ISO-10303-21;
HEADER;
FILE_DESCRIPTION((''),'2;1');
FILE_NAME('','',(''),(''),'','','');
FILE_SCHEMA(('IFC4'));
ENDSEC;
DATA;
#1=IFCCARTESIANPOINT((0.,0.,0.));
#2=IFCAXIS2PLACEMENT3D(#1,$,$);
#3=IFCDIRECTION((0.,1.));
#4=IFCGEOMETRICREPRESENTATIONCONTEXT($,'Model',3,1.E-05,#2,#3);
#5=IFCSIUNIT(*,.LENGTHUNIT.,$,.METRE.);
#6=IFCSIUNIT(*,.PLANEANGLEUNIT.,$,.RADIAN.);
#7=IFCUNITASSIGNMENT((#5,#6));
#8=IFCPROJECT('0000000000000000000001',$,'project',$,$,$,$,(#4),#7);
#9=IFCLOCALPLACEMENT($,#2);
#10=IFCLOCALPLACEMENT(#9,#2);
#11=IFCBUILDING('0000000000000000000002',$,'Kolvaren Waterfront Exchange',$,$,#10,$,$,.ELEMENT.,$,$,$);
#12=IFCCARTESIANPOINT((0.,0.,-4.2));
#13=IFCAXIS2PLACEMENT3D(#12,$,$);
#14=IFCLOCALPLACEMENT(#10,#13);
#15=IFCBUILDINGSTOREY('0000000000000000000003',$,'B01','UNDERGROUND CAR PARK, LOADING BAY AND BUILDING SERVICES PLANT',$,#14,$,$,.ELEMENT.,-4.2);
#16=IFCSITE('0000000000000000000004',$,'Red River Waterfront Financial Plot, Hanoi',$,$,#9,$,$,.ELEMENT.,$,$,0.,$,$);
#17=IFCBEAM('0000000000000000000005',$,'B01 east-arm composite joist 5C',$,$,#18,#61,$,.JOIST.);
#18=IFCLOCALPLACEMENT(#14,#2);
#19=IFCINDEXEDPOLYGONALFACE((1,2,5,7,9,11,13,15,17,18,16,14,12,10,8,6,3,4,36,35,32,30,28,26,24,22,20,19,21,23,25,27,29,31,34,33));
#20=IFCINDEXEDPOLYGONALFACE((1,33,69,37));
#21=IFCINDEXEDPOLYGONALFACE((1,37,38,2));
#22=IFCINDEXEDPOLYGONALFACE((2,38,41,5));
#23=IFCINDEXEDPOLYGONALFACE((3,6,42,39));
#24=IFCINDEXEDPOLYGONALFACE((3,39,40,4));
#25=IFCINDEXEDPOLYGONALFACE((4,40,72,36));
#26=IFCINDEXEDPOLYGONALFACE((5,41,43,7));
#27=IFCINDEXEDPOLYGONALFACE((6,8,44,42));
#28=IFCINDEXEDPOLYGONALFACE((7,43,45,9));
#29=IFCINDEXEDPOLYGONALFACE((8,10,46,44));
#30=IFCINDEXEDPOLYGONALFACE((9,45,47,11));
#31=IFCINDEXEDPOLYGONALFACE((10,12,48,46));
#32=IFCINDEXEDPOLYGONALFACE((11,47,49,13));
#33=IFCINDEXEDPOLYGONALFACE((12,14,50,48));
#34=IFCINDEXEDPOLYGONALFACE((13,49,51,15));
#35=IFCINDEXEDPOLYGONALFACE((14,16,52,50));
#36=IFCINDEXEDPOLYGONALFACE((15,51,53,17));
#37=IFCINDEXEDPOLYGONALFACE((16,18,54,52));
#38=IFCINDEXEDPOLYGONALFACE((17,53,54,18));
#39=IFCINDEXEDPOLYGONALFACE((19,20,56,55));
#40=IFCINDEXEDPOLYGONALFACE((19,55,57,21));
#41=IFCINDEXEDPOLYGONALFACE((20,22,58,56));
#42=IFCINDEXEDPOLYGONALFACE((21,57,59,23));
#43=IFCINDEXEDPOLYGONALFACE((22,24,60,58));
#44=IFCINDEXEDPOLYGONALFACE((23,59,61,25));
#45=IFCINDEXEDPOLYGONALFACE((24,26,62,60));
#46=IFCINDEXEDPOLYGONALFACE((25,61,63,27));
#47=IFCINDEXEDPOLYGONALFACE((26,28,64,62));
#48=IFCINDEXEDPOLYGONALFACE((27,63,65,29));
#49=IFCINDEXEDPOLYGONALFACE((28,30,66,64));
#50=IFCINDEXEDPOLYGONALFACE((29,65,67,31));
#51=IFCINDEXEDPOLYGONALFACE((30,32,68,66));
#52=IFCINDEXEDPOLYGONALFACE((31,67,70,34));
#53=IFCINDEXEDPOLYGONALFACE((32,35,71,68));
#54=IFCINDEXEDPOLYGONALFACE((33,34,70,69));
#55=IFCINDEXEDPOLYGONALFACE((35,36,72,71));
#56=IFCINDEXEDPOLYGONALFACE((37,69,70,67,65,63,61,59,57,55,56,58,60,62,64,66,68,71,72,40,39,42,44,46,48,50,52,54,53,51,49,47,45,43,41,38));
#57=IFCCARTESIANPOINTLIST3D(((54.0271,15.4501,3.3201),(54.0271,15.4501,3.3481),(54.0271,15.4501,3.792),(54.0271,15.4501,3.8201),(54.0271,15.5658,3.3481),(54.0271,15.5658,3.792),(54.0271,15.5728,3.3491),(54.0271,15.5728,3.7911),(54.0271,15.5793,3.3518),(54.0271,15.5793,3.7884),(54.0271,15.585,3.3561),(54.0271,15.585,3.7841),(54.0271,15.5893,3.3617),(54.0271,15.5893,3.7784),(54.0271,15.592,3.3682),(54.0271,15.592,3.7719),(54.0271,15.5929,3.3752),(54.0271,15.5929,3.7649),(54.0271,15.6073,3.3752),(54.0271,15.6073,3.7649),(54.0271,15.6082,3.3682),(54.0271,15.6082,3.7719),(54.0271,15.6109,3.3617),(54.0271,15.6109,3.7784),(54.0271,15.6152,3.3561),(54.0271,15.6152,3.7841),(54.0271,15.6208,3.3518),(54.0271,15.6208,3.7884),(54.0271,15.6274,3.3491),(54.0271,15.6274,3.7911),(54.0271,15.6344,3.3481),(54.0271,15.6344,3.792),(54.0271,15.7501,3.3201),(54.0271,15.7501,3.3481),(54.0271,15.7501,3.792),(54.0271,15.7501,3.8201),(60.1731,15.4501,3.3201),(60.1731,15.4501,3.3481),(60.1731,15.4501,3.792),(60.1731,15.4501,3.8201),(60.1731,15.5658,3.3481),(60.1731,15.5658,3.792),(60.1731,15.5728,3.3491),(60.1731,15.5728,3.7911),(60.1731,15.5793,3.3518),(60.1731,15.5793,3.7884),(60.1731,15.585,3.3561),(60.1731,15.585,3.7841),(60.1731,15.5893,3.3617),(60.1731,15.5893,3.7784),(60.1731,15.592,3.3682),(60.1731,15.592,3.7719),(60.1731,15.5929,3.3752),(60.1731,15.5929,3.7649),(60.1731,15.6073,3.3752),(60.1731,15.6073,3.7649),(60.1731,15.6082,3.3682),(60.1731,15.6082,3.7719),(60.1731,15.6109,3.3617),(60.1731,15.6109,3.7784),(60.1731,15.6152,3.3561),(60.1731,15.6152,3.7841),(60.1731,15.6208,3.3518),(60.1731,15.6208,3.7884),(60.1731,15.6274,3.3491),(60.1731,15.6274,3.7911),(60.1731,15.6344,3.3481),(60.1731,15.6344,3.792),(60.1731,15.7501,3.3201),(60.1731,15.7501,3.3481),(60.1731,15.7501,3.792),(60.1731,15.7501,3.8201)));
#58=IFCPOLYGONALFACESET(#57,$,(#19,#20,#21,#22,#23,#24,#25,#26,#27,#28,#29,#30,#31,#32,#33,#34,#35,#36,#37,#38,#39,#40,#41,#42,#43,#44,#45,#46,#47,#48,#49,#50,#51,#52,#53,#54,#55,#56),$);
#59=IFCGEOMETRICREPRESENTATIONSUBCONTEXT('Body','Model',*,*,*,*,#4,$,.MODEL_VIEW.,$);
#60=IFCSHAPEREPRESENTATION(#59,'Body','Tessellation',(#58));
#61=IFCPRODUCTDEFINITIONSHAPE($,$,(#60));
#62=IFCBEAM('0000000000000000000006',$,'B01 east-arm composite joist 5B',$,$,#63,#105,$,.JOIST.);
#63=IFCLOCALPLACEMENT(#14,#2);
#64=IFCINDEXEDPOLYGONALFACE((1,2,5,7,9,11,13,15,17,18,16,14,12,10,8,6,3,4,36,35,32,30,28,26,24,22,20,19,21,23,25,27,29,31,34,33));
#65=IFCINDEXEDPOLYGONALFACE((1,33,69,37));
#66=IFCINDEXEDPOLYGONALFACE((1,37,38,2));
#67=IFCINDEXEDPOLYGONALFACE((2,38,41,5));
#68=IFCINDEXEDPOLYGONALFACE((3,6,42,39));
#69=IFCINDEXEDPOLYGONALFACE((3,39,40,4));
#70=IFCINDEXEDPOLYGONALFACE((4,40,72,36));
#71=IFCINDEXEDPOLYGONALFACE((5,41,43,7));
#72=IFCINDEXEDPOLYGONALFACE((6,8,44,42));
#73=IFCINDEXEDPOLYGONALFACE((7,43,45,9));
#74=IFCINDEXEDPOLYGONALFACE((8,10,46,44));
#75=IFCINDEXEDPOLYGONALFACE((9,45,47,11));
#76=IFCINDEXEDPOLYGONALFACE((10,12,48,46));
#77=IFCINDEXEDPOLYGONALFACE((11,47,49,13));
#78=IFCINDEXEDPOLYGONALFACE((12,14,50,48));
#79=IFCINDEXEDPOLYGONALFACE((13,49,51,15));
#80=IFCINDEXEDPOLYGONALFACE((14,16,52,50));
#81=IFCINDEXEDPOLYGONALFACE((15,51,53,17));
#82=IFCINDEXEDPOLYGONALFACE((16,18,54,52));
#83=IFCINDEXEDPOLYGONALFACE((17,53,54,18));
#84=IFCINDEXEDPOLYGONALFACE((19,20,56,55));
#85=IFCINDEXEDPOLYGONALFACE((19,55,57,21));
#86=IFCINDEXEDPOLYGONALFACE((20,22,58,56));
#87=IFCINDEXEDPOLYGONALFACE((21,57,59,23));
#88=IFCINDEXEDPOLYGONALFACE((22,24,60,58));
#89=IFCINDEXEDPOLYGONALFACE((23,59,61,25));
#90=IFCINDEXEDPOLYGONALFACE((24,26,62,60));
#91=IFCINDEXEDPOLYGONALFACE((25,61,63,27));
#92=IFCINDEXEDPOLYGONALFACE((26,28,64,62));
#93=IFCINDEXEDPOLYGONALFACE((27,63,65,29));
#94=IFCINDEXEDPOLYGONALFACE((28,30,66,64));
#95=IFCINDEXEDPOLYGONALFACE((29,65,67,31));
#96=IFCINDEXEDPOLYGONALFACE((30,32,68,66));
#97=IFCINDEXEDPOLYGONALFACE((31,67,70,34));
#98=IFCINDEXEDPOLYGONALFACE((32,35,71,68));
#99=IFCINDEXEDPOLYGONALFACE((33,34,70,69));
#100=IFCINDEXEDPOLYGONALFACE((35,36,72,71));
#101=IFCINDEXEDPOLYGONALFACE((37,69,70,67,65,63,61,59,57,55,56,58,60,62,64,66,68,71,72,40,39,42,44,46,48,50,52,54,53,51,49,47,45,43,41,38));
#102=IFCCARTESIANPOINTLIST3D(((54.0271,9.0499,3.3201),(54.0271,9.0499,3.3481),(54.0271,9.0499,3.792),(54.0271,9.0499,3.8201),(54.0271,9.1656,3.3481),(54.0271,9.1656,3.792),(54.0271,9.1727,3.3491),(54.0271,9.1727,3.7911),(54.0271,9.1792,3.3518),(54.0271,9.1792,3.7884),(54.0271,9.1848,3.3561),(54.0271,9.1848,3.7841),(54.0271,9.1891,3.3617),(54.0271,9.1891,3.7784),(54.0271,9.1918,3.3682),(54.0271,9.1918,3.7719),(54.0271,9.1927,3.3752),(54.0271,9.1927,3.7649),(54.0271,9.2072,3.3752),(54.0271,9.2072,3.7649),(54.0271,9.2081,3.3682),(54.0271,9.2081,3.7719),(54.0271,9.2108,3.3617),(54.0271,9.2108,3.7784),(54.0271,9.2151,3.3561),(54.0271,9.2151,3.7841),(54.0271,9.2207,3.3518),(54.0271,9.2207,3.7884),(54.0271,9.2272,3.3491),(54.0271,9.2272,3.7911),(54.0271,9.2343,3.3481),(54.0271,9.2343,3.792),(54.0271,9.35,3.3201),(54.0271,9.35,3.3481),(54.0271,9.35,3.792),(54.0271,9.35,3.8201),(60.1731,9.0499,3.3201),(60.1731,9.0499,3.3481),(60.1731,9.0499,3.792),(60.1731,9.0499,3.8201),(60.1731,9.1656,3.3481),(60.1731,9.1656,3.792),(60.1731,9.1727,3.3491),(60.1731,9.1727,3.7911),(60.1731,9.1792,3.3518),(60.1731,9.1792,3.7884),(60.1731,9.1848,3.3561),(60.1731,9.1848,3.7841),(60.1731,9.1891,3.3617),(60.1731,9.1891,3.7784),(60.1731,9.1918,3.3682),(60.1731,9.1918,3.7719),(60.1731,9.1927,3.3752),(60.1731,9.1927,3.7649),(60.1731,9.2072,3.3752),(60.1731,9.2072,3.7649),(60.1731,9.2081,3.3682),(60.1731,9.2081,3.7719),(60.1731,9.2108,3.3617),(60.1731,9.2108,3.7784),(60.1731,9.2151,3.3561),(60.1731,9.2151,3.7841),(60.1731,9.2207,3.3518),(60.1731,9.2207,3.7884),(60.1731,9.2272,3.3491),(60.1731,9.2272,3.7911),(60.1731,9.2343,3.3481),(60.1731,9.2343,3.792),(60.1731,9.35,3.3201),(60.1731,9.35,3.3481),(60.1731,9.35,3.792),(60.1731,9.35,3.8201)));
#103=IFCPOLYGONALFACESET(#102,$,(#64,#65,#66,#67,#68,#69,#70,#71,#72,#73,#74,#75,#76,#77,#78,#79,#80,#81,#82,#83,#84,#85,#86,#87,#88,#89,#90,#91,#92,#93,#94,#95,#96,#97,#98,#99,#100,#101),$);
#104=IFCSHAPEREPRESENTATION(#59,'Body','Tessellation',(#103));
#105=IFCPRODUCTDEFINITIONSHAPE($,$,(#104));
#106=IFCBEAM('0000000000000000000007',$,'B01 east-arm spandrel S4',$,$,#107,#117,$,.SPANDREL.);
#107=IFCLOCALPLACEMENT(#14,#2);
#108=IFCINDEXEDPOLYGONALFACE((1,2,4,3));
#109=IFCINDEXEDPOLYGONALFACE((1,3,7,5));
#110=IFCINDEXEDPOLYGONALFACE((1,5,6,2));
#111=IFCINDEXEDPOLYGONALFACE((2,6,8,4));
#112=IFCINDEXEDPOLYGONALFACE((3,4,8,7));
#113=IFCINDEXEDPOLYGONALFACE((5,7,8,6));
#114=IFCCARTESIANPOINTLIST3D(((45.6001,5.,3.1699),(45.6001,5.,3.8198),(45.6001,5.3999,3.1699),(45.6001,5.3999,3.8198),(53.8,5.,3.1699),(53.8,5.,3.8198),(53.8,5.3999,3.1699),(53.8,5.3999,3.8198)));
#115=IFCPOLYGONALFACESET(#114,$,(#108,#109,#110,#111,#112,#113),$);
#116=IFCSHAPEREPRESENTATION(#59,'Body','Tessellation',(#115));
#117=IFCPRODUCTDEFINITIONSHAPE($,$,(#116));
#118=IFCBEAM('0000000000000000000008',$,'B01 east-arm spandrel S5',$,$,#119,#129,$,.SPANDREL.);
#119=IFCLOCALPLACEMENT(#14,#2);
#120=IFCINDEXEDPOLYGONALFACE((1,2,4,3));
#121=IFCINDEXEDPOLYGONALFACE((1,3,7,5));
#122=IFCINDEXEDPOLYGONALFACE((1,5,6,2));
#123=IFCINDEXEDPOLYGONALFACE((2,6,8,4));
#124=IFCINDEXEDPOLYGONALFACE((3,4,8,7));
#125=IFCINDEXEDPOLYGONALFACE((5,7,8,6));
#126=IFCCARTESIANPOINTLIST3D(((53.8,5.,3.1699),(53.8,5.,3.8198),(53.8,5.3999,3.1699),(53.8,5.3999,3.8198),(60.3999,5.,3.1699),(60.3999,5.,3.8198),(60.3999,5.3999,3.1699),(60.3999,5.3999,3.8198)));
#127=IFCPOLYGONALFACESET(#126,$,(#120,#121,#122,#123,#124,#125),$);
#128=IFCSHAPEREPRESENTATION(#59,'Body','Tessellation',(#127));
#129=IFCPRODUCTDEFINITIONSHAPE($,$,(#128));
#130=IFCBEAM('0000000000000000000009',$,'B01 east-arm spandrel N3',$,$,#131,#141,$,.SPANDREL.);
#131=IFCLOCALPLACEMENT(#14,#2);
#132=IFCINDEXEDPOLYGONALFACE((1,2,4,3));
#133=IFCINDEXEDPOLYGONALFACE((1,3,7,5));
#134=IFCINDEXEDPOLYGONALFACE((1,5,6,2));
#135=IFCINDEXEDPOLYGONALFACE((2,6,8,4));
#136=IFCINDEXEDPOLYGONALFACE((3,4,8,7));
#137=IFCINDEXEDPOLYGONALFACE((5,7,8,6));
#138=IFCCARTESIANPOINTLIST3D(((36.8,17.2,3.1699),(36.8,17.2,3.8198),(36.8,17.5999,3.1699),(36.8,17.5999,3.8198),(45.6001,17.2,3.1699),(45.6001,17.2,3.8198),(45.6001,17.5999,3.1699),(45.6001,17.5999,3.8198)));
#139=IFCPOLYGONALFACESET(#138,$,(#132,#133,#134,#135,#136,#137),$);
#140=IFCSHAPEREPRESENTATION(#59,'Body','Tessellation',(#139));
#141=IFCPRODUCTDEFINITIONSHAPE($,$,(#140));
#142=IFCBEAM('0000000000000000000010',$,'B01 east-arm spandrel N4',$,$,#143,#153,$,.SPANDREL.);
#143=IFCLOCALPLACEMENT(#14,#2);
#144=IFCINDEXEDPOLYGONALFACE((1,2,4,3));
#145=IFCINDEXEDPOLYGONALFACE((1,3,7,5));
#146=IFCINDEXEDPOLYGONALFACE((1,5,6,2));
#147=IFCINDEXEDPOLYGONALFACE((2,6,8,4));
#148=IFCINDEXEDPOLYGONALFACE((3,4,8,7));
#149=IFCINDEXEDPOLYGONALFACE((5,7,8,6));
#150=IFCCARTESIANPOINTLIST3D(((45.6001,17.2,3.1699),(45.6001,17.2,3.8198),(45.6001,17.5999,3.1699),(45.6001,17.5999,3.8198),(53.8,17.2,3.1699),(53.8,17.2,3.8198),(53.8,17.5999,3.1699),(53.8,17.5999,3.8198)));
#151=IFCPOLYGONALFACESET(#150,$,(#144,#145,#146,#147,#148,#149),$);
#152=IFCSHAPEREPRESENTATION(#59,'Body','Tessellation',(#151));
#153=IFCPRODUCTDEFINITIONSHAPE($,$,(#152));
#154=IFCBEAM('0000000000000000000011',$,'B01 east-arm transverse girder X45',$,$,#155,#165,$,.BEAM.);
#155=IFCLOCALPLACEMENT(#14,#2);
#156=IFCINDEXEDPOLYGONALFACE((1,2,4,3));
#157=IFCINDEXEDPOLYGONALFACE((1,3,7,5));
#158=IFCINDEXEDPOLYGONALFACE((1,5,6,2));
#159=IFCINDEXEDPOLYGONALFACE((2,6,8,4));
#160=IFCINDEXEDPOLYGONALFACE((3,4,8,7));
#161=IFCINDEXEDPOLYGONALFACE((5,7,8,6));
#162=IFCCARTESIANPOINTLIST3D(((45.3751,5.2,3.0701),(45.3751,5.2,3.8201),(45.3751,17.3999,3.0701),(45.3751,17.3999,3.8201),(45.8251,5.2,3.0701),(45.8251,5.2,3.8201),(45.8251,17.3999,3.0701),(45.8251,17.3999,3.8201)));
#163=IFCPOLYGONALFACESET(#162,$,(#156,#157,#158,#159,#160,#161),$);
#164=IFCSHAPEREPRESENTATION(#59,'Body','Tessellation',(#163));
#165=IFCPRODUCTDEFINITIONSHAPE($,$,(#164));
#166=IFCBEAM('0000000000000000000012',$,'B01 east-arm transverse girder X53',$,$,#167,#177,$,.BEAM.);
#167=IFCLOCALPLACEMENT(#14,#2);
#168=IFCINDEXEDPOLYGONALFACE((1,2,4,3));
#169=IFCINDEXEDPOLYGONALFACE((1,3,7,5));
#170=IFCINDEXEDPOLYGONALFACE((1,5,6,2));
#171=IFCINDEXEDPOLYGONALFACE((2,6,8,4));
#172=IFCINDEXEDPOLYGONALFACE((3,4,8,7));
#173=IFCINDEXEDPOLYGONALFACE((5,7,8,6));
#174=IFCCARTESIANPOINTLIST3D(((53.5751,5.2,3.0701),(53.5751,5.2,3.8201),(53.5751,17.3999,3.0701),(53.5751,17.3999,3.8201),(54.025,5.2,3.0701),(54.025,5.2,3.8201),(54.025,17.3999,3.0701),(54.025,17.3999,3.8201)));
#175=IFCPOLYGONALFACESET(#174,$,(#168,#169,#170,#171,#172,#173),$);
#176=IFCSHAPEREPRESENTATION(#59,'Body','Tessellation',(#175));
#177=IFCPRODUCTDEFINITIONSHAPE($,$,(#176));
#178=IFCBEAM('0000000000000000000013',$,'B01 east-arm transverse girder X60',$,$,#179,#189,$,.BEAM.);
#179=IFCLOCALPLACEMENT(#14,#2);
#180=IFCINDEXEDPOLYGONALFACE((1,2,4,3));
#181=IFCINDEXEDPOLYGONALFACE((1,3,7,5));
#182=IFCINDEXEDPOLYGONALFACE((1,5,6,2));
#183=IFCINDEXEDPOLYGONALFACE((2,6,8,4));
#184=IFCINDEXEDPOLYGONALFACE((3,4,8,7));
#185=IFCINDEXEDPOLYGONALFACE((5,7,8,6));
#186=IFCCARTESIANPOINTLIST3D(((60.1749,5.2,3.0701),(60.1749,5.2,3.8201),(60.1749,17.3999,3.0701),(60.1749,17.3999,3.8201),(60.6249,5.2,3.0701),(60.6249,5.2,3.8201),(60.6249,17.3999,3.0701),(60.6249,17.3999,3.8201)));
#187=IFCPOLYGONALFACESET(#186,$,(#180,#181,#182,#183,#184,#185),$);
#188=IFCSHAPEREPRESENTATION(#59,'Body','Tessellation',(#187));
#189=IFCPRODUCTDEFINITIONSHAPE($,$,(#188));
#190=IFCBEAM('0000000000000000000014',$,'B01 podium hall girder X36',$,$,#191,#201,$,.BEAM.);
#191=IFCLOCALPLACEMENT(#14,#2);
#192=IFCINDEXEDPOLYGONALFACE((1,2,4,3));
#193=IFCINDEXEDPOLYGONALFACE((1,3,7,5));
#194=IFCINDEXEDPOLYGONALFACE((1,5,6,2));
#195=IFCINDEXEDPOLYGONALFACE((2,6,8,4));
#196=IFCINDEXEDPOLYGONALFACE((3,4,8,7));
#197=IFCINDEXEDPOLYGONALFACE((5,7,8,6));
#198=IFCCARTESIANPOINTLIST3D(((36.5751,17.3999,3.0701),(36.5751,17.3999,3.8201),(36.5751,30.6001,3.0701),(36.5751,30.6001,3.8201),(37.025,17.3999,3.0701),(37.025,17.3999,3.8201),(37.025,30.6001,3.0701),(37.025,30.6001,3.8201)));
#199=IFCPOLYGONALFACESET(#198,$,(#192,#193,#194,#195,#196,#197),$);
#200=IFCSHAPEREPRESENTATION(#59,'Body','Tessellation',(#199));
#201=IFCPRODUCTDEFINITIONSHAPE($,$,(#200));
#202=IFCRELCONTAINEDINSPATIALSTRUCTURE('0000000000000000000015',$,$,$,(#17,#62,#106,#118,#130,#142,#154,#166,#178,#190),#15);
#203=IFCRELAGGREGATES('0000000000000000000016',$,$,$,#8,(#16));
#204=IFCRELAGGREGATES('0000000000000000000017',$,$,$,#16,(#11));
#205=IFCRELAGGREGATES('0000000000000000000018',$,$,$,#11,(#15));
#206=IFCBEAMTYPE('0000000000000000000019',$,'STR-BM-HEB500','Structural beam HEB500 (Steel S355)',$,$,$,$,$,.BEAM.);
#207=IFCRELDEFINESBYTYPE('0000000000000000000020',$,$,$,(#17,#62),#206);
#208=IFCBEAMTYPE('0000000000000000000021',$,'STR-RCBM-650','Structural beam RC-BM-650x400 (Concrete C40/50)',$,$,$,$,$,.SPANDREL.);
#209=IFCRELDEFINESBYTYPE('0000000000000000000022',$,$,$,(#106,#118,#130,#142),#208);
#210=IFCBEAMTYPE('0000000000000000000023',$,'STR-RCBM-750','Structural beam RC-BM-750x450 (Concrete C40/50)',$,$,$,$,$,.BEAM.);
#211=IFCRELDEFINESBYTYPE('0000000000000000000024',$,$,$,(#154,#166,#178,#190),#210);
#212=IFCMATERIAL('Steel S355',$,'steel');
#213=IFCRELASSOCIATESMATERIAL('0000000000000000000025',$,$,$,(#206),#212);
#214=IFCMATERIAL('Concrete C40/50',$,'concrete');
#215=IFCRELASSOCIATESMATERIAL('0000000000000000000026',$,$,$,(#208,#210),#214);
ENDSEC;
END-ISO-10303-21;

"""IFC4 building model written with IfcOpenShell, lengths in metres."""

from ifc_helpers import new_model, si_unit, direction, frame, origin, origin_2d, place, context, subcontext, project, spatial, rectangle, i_section, extrude, material, material_profile, profile_set, type_object, element, save


model = new_model("IFC4")

# Units and contexts
model_context = context("Model", 3, precision=1e-05, world=origin(), true_north=direction((0.0, 1.0)))
body_context = subcontext(model_context, "Body", "Model", "MODEL_VIEW")
ifc_project = project(units=[si_unit("LENGTHUNIT", "METRE"), si_unit("PLANEANGLEUNIT", "RADIAN")], contexts=[model_context])

# Site, building, storey
site_placement = place(None, origin())
site = spatial("IfcSite", under=ifc_project, at=site_placement, Name="Red River Waterfront Financial Plot, Hanoi", CompositionType="ELEMENT", RefElevation=0.0)
building_placement = place(site_placement, origin())
building = spatial("IfcBuilding", under=site, at=building_placement, Name="Kolvaren Waterfront Exchange", CompositionType="ELEMENT")
storey_placement = place(building_placement, frame((0.0, 0.0, -4.2)))
storey = spatial("IfcBuildingStorey", under=building, at=storey_placement, Name="B01", Description="UNDERGROUND CAR PARK, LOADING BAY AND BUILDING SERVICES PLANT", CompositionType="ELEMENT", Elevation=-4.2)

# Beams
ifc_material_1 = material(Name="Steel S355", Category="steel")
ifc_material_profile_1 = material_profile(ifc_material_1, i_section(OverallWidth=0.3, OverallDepth=0.5, WebThickness=0.0144, FlangeThickness=0.0281, FilletRadius=0.0271, at=origin_2d()), Name="HEB500")
ifc_profile_set_1 = profile_set([ifc_material_profile_1], Name="Steel S355")
beam_type_1 = type_object("IfcBeamType", Name="STR-BM-HEB500", Description="Structural beam HEB500 (Steel S355)", PredefinedType="BEAM", material=ifc_profile_set_1)
for number, where, z_axis, x_axis, name in (
    (1, (54.0271, 15.6001, 3.5701), (1.0, 0.0, 0.0), (0.0, 1.0, 0.0), "B01 east-arm composite joist 5C"),
    (2, (54.0271, 9.2, 3.5701), (1.0, 0.0, 0.0), (0.0, 1.0, 0.0), "B01 east-arm composite joist 5B"),
):
    element("IfcBeam", number, at=place(storey_placement, frame(where, z_axis=z_axis, x_axis=x_axis)), inside=storey, type_object=beam_type_1, Name=name, PredefinedType="JOIST", context=body_context, shape_type="SweptSolid", body=[
        extrude(i_section(OverallWidth=0.3, OverallDepth=0.5, WebThickness=0.0144, FlangeThickness=0.0281, FilletRadius=0.0271, at=origin_2d()), origin(), (0.0, 0.0, 1.0), 6.146),
    ])
ifc_material_2 = material(Name="Concrete C40/50", Category="concrete")
ifc_material_profile_2 = material_profile(ifc_material_2, rectangle(XDim=0.3999, YDim=0.6499, at=origin_2d()), Name="RC-BM-650x400")
ifc_profile_set_2 = profile_set([ifc_material_profile_2], Name="Concrete C40/50")
beam_type_2 = type_object("IfcBeamType", Name="STR-RCBM-650", Description="Structural beam RC-BM-650x400 (Concrete C40/50)", PredefinedType="SPANDREL", material=ifc_profile_set_2)
beam_1_placement = place(storey_placement, frame((45.6001, 5.2, 3.4949), z_axis=(1.0, 0.0, 0.0), x_axis=(0.0, 1.0, 0.0)))
element("IfcBeam", 3, at=beam_1_placement, inside=storey, type_object=beam_type_2, Name="B01 east-arm spandrel S4", PredefinedType="SPANDREL", context=body_context, shape_type="SweptSolid", body=[
    extrude(rectangle(XDim=0.3999, YDim=0.6499, at=origin_2d()), origin(), (0.0, 0.0, 1.0), 8.2),
])
beam_2_placement = place(storey_placement, frame((53.8, 5.2, 3.4949), z_axis=(1.0, 0.0, 0.0), x_axis=(0.0, 1.0, 0.0)))
element("IfcBeam", 4, at=beam_2_placement, inside=storey, type_object=beam_type_2, Name="B01 east-arm spandrel S5", PredefinedType="SPANDREL", context=body_context, shape_type="SweptSolid", body=[
    extrude(rectangle(XDim=0.3999, YDim=0.6499, at=origin_2d()), origin(), (0.0, 0.0, 1.0), 6.5999),
])
beam_3_placement = place(storey_placement, frame((36.8, 17.3999, 3.4949), z_axis=(1.0, 0.0, 0.0), x_axis=(0.0, 1.0, 0.0)))
element("IfcBeam", 5, at=beam_3_placement, inside=storey, type_object=beam_type_2, Name="B01 east-arm spandrel N3", PredefinedType="SPANDREL", context=body_context, shape_type="SweptSolid", body=[
    extrude(rectangle(XDim=0.3999, YDim=0.6499, at=origin_2d()), origin(), (0.0, 0.0, 1.0), 8.8),
])
beam_4_placement = place(storey_placement, frame((45.6001, 17.3999, 3.4949), z_axis=(1.0, 0.0, 0.0), x_axis=(0.0, 1.0, 0.0)))
element("IfcBeam", 6, at=beam_4_placement, inside=storey, type_object=beam_type_2, Name="B01 east-arm spandrel N4", PredefinedType="SPANDREL", context=body_context, shape_type="SweptSolid", body=[
    extrude(rectangle(XDim=0.3999, YDim=0.6499, at=origin_2d()), origin(), (0.0, 0.0, 1.0), 8.2),
])
ifc_material_profile_3 = material_profile(ifc_material_2, rectangle(XDim=0.45, YDim=0.75, at=origin_2d()), Name="RC-BM-750x450")
ifc_profile_set_3 = profile_set([ifc_material_profile_3], Name="Concrete C40/50")
beam_type_3 = type_object("IfcBeamType", Name="STR-RCBM-750", Description="Structural beam RC-BM-750x450 (Concrete C40/50)", PredefinedType="BEAM", material=ifc_profile_set_3)
for number, where, z_axis, x_axis, name in (
    (7, (45.6001, 5.2, 3.4451), (0.0, 1.0, 0.0), (-1.0, 0.0, 0.0), "B01 east-arm transverse girder X45"),
    (8, (53.8, 5.2, 3.4451), (0.0, 1.0, 0.0), (-1.0, 0.0, 0.0), "B01 east-arm transverse girder X53"),
    (9, (60.3999, 5.2, 3.4451), (0.0, 1.0, 0.0), (-1.0, 0.0, 0.0), "B01 east-arm transverse girder X60"),
):
    element("IfcBeam", number, at=place(storey_placement, frame(where, z_axis=z_axis, x_axis=x_axis)), inside=storey, type_object=beam_type_3, Name=name, PredefinedType="BEAM", context=body_context, shape_type="SweptSolid", body=[
        extrude(rectangle(XDim=0.45, YDim=0.75, at=origin_2d()), origin(), (0.0, 0.0, 1.0), 12.2),
    ])
for number, where, z_axis, x_axis, name in (
    (10, (36.8, 17.3999, 3.4451), (0.0, 1.0, 0.0), (-1.0, 0.0, 0.0), "B01 podium hall girder X36"),
):
    element("IfcBeam", number, at=place(storey_placement, frame(where, z_axis=z_axis, x_axis=x_axis)), inside=storey, type_object=beam_type_3, Name=name, PredefinedType="BEAM", context=body_context, shape_type="SweptSolid", body=[
        extrude(rectangle(XDim=0.45, YDim=0.75, at=origin_2d()), origin(), (0.0, 0.0, 1.0), 13.2002),
    ])

save(model, "model.ifc")
